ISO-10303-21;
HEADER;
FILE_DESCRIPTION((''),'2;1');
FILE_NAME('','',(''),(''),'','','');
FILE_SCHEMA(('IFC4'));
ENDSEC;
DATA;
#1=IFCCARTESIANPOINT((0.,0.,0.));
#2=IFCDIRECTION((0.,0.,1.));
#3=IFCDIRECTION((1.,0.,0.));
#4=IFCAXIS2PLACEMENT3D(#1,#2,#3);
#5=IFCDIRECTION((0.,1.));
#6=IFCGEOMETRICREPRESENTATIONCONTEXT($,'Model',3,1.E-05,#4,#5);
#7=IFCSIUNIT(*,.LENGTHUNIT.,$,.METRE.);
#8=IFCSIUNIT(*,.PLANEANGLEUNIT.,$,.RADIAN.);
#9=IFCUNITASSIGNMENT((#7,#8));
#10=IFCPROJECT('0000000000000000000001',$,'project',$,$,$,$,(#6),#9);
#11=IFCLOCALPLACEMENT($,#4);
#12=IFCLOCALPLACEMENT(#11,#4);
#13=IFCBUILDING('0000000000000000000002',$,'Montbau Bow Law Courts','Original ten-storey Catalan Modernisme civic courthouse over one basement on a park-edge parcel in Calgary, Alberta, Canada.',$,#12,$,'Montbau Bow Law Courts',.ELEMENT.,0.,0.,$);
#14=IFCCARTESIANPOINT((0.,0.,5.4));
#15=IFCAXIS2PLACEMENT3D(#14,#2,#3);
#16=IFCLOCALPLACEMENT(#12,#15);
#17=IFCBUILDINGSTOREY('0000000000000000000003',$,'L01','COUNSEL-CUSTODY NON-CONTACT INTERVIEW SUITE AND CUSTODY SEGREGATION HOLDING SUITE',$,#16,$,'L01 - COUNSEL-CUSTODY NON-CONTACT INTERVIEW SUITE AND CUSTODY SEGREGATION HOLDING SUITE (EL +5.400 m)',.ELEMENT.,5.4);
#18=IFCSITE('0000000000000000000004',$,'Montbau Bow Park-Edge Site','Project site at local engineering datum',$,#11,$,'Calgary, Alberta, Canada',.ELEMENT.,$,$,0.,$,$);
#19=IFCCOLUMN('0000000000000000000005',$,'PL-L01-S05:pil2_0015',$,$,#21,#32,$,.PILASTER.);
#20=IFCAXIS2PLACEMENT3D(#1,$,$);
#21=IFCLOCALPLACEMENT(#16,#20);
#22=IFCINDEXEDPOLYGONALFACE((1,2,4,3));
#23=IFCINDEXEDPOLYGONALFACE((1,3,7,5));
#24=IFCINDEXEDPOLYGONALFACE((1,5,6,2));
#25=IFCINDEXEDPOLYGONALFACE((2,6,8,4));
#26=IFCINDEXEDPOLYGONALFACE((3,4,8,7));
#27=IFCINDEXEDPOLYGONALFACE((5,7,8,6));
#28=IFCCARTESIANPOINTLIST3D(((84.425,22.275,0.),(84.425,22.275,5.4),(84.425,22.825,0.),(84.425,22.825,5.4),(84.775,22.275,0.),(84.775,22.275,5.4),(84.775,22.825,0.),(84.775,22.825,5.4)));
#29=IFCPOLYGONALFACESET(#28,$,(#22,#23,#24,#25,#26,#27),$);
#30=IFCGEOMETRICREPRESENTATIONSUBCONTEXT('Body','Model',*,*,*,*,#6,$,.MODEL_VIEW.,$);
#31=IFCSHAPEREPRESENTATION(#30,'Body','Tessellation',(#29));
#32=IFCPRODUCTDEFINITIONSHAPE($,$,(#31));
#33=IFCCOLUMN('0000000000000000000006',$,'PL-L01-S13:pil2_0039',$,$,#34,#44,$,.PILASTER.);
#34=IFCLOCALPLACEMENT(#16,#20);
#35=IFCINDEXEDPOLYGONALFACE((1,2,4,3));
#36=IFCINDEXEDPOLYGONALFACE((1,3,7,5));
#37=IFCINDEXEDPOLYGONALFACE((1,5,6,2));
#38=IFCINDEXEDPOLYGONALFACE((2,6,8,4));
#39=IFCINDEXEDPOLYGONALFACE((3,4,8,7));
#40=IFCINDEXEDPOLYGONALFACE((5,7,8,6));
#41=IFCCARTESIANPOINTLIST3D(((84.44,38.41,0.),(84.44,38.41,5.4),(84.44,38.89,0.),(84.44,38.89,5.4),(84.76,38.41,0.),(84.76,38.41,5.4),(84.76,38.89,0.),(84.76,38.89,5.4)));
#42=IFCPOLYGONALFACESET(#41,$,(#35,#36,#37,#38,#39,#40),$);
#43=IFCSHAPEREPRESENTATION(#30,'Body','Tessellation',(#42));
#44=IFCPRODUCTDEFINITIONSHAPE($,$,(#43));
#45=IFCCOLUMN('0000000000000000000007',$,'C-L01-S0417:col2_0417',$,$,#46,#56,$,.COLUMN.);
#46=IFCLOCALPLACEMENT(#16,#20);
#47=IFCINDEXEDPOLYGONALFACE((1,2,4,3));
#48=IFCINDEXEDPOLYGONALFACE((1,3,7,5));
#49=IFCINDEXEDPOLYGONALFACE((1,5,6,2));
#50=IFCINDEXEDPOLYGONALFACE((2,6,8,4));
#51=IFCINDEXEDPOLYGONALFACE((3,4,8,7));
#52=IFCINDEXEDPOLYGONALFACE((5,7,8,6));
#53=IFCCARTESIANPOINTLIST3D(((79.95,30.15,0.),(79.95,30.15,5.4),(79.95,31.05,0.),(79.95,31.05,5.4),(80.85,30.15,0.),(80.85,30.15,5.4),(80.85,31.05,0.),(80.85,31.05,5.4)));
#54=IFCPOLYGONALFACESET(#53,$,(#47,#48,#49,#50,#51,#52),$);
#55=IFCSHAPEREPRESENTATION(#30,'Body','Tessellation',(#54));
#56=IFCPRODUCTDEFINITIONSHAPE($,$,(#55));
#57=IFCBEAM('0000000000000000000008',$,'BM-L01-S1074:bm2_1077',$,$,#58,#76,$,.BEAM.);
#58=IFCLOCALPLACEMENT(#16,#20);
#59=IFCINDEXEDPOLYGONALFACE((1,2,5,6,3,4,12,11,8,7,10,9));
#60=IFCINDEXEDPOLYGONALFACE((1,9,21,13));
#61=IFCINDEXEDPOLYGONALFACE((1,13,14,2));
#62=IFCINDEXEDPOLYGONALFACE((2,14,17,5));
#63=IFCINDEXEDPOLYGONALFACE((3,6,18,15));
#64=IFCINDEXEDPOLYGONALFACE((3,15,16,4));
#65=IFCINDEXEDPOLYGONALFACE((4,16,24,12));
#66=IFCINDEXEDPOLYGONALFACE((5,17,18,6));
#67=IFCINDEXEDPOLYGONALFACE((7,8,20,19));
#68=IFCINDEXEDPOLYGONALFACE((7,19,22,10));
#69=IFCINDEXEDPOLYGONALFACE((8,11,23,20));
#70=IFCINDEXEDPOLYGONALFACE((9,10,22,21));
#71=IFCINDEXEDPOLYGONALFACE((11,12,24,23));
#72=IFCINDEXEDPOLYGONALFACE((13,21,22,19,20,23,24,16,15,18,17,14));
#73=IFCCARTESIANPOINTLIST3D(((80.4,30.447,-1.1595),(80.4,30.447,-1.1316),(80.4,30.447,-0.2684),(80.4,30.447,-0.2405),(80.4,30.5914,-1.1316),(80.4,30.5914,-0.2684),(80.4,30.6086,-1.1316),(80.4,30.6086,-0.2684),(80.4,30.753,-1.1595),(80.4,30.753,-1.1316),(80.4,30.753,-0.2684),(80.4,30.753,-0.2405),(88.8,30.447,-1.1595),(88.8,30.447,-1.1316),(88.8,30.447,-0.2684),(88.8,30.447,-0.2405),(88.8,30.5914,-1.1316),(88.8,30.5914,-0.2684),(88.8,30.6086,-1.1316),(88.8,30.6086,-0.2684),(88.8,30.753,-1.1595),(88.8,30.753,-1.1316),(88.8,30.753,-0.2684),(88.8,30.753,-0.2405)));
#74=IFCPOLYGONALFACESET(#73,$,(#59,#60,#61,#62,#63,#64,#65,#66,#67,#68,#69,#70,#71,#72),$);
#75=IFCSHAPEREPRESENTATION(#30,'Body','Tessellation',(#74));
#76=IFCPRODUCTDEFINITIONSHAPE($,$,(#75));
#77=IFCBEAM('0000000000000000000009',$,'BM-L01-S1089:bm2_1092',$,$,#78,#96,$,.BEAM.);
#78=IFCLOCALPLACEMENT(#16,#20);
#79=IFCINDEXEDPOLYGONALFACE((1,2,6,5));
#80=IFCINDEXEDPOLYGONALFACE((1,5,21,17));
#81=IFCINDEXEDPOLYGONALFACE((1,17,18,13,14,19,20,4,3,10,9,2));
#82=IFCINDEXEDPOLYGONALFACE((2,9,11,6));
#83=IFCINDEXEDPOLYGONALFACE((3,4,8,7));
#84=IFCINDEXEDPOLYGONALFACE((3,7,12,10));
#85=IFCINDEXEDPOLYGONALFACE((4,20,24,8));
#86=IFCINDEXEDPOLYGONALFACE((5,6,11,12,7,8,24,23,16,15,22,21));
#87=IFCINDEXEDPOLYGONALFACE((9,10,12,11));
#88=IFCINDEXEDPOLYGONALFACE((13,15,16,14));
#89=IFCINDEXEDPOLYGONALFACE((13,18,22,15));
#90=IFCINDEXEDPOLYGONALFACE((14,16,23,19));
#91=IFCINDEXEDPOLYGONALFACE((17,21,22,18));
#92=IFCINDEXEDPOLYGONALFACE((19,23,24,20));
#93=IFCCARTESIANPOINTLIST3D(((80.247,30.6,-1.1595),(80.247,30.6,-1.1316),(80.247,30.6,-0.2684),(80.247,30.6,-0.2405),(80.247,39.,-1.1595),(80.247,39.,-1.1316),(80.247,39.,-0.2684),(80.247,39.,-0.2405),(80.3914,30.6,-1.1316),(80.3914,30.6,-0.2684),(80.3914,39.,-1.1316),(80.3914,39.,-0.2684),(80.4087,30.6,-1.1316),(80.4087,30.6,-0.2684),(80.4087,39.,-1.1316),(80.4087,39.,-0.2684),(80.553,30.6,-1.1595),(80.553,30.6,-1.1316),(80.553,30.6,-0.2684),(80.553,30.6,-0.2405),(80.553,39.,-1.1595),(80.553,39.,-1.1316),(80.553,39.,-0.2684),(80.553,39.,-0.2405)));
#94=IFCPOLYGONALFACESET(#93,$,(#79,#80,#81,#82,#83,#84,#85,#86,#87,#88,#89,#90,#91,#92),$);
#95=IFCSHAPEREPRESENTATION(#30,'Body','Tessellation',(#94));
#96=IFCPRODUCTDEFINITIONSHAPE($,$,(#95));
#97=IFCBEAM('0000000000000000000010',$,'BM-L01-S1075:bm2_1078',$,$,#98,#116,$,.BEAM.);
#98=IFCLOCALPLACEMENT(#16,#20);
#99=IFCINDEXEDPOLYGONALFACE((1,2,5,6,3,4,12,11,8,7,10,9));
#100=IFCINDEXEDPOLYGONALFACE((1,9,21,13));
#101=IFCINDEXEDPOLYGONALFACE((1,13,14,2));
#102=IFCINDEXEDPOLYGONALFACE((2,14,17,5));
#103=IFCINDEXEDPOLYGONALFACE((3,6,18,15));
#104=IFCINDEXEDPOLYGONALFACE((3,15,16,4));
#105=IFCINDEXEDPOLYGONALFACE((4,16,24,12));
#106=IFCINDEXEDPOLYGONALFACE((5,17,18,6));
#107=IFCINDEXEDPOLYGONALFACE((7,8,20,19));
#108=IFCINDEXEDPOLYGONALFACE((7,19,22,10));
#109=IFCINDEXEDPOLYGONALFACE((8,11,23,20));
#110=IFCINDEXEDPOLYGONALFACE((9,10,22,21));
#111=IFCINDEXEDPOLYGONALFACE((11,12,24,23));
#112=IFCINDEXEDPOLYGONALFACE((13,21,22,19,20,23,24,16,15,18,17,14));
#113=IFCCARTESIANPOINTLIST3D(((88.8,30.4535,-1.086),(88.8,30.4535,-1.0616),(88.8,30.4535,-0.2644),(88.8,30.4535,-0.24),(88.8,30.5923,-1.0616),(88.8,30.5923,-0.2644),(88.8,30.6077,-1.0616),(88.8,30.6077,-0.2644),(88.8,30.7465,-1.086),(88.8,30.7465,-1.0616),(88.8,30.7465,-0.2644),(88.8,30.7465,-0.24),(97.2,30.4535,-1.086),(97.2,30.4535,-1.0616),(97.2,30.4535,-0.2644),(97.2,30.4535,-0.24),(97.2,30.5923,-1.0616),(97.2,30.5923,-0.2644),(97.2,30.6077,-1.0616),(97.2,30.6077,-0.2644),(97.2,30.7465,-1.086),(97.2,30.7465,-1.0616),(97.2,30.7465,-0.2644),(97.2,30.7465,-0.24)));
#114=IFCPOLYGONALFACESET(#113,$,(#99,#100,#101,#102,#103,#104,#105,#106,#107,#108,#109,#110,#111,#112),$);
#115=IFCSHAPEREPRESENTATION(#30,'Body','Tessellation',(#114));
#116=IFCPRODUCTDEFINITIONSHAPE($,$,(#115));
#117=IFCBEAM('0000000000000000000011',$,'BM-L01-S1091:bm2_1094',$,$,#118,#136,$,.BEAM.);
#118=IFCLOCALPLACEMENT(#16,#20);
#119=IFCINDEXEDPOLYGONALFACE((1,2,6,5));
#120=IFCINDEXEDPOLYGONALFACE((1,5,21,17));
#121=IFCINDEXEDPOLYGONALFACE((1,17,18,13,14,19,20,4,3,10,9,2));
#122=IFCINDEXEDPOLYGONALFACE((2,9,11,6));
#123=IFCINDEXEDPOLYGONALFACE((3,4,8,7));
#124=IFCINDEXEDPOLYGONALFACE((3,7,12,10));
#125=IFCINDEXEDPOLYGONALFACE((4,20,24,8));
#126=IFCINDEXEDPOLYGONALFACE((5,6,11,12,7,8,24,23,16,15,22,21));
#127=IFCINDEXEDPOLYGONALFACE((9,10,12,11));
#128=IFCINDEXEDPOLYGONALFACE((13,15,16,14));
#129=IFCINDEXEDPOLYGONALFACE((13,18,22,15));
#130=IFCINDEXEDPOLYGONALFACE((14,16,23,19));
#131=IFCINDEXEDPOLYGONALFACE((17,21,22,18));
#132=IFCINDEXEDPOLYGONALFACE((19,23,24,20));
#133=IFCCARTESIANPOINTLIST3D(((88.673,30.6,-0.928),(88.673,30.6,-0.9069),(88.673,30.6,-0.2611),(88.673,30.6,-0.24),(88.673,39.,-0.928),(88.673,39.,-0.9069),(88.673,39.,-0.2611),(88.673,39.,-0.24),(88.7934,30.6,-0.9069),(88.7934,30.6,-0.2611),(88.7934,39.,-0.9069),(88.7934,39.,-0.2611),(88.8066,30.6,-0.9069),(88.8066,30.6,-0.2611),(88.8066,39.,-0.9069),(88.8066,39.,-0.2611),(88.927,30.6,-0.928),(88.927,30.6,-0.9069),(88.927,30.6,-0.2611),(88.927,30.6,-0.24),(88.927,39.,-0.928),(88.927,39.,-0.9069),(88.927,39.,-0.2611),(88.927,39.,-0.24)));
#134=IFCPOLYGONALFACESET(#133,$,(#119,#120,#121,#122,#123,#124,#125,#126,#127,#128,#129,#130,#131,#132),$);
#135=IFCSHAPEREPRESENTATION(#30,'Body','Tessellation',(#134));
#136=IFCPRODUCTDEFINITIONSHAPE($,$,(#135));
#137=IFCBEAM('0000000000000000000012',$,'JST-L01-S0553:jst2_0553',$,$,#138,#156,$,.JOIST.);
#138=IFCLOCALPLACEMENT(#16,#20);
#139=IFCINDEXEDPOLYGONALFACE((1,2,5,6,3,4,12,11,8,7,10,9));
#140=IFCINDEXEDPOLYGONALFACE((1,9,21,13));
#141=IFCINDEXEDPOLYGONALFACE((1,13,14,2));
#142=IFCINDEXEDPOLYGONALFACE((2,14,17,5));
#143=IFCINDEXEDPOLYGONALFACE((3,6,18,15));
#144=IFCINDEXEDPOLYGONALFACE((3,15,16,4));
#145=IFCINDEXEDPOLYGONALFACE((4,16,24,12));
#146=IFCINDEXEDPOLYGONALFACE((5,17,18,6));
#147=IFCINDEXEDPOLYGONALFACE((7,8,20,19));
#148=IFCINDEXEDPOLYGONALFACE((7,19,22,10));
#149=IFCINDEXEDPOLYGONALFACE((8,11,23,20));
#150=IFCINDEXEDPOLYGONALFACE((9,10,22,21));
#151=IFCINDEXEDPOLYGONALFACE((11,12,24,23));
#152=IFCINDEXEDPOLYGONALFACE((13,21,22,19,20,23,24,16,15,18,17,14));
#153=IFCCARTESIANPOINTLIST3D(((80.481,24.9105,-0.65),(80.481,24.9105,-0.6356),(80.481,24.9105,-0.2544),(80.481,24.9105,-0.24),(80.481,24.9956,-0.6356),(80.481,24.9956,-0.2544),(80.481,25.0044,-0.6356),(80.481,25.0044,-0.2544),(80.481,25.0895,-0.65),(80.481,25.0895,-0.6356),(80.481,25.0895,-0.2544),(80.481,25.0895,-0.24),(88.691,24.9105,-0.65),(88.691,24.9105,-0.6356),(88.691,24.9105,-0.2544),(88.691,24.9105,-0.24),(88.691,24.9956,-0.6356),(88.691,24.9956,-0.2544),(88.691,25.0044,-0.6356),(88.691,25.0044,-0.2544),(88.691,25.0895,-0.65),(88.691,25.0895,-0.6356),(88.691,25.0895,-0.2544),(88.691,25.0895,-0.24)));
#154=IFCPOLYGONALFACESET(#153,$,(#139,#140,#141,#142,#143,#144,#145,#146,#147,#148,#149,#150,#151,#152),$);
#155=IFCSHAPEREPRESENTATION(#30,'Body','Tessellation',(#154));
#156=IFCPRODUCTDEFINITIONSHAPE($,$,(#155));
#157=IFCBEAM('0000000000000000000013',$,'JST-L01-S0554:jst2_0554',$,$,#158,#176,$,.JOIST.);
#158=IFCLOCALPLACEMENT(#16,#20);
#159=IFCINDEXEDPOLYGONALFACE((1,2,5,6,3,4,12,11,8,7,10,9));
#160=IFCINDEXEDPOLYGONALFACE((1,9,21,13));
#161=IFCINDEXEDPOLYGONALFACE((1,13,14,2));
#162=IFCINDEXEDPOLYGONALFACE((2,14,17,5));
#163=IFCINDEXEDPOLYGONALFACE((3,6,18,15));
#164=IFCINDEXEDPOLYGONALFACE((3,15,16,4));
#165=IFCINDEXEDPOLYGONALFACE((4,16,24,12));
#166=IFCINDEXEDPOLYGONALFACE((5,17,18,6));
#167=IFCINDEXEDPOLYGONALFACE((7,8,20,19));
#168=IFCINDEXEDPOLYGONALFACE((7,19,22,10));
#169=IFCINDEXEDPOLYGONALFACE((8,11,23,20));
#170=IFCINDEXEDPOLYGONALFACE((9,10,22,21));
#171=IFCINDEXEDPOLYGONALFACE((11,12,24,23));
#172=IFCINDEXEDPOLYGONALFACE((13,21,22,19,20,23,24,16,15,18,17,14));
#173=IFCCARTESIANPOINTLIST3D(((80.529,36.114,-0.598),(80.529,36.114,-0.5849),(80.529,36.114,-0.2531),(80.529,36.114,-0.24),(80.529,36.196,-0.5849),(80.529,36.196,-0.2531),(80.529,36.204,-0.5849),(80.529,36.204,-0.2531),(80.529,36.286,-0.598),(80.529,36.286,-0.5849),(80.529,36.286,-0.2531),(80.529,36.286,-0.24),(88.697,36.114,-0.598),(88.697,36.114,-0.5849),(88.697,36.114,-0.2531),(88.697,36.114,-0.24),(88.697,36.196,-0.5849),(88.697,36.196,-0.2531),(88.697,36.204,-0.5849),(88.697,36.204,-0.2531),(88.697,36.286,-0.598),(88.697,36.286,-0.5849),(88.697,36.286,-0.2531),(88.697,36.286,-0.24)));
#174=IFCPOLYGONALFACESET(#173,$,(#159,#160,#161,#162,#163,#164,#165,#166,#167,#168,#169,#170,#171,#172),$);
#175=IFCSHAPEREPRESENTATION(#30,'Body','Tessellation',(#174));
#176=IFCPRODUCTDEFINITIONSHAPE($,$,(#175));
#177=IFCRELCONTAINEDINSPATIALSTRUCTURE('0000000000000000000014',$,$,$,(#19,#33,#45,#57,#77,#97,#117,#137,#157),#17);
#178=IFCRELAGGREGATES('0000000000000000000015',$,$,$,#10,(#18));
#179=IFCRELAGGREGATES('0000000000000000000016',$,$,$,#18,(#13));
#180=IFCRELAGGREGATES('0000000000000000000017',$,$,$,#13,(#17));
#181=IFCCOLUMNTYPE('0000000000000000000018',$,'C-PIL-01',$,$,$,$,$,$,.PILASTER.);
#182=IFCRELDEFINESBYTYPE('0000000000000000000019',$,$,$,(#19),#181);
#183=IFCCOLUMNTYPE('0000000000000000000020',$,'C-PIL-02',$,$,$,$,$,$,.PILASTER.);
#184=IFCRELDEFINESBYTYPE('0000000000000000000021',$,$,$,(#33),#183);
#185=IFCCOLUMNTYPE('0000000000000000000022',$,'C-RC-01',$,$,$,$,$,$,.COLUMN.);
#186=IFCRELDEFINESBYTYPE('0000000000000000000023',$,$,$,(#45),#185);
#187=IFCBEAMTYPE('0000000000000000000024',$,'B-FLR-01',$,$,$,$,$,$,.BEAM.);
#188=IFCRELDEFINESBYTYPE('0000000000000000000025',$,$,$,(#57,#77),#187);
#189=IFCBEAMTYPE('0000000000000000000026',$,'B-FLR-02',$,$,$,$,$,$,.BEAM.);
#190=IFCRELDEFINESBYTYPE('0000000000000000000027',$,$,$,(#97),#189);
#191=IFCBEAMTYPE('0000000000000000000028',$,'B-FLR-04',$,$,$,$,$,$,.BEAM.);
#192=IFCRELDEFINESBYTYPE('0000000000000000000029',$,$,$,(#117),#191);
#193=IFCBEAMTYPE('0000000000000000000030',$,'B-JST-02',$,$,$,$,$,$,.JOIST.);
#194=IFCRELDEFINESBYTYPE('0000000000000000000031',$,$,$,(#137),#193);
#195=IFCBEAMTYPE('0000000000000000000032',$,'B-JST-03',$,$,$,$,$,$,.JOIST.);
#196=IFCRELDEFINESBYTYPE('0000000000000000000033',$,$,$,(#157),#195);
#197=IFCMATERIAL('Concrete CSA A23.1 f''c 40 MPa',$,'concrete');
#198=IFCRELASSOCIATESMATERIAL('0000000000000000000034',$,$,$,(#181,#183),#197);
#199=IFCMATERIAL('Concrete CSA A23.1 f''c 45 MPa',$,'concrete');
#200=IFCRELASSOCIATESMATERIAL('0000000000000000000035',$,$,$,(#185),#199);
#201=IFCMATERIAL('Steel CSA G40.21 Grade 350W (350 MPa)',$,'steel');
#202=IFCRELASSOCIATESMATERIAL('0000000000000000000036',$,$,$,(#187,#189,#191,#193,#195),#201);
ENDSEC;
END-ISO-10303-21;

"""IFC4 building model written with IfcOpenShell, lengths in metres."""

from ifc_helpers import new_model, si_unit, direction, frame, origin_with_axes, origin_2d_with_axis, place, context, subcontext, project, spatial, rectangle, i_section, extrude, material, material_profile, profile_set, type_object, element, save


model = new_model("IFC4")

# Units and contexts
model_context = context("Model", 3, precision=1e-05, world=origin_with_axes(), true_north=direction((0.0, 1.0)))
body_context = subcontext(model_context, "Body", "Model", "MODEL_VIEW")
ifc_project = project(units=[si_unit("LENGTHUNIT", "METRE"), si_unit("PLANEANGLEUNIT", "RADIAN")], contexts=[model_context])

# Site, building, storey
site_placement = place(None, origin_with_axes())
site = spatial("IfcSite", under=ifc_project, at=site_placement, Name="Montbau Bow Park-Edge Site", Description="Project site at local engineering datum", LongName="Calgary, Alberta, Canada", CompositionType="ELEMENT", RefElevation=0.0)
building_placement = place(site_placement, origin_with_axes())
building = spatial("IfcBuilding", under=site, at=building_placement, Name="Montbau Bow Law Courts", Description="Original ten-storey Catalan Modernisme civic courthouse over one basement on a park-edge parcel in Calgary, Alberta, Canada.", LongName="Montbau Bow Law Courts", CompositionType="ELEMENT", ElevationOfRefHeight=0.0, ElevationOfTerrain=0.0)
storey_placement = place(building_placement, frame((0.0, 0.0, 5.4), z_axis=(0.0, 0.0, 1.0), x_axis=(1.0, 0.0, 0.0)))
storey = spatial("IfcBuildingStorey", under=building, at=storey_placement, Name="L01", Description="COUNSEL-CUSTODY NON-CONTACT INTERVIEW SUITE AND CUSTODY SEGREGATION HOLDING SUITE", LongName="L01 - COUNSEL-CUSTODY NON-CONTACT INTERVIEW SUITE AND CUSTODY SEGREGATION HOLDING SUITE (EL +5.400 m)", CompositionType="ELEMENT", Elevation=5.4)

# Columns
ifc_material_1 = material(Name="Concrete CSA A23.1 f'c 40 MPa", Category="concrete")
ifc_material_profile_1 = material_profile(ifc_material_1, rectangle(XDim=0.35, YDim=0.55, at=origin_2d_with_axis()), Name="RC550X350", Category="Main", Priority=0)
ifc_profile_set_1 = profile_set([ifc_material_profile_1], Name="Concrete CSA A23.1 f'c 40 MPa")
column_type_1 = type_object("IfcColumnType", Name="C-PIL-01", PredefinedType="PILASTER", material=ifc_profile_set_1)
column_1_placement = place(None, frame((84.6, 22.55, 5.4), z_axis=(0.0, 0.0, 1.0), x_axis=(1.0, 0.0, 0.0)))
element("IfcColumn", 1, at=column_1_placement, inside=storey, type_object=column_type_1, Name="PL-L01-S05:pil2_0015", PredefinedType="PILASTER", context=body_context, shape_type="SweptSolid", body=[
    extrude(rectangle(XDim=0.35, YDim=0.55, at=origin_2d_with_axis()), origin_with_axes(), (0.0, 0.0, 1.0), 5.4),
])
ifc_material_profile_2 = material_profile(ifc_material_1, rectangle(XDim=0.32, YDim=0.48, at=origin_2d_with_axis()), Name="RC480X320", Category="Main", Priority=0)
ifc_profile_set_2 = profile_set([ifc_material_profile_2], Name="Concrete CSA A23.1 f'c 40 MPa")
column_type_2 = type_object("IfcColumnType", Name="C-PIL-02", PredefinedType="PILASTER", material=ifc_profile_set_2)
column_2_placement = place(None, frame((84.6, 38.65, 5.4), z_axis=(0.0, 0.0, 1.0), x_axis=(1.0, 0.0, 0.0)))
element("IfcColumn", 2, at=column_2_placement, inside=storey, type_object=column_type_2, Name="PL-L01-S13:pil2_0039", PredefinedType="PILASTER", context=body_context, shape_type="SweptSolid", body=[
    extrude(rectangle(XDim=0.32, YDim=0.48, at=origin_2d_with_axis()), origin_with_axes(), (0.0, 0.0, 1.0), 5.4),
])
ifc_material_2 = material(Name="Concrete CSA A23.1 f'c 45 MPa", Category="concrete")
ifc_material_profile_3 = material_profile(ifc_material_2, rectangle(XDim=0.9, YDim=0.9, at=origin_2d_with_axis()), Name="RC900X900", Category="Main", Priority=0)
ifc_profile_set_3 = profile_set([ifc_material_profile_3], Name="Concrete CSA A23.1 f'c 45 MPa")
column_type_3 = type_object("IfcColumnType", Name="C-RC-01", PredefinedType="COLUMN", material=ifc_profile_set_3)
column_3_placement = place(None, frame((80.4, 30.6, 5.4), z_axis=(0.0, 0.0, 1.0), x_axis=(1.0, 0.0, 0.0)))
element("IfcColumn", 3, at=column_3_placement, inside=storey, type_object=column_type_3, Name="C-L01-S0417:col2_0417", PredefinedType="COLUMN", context=body_context, shape_type="SweptSolid", body=[
    extrude(rectangle(XDim=0.9, YDim=0.9, at=origin_2d_with_axis()), origin_with_axes(), (0.0, 0.0, 1.0), 5.4),
])

# Beams
ifc_material_3 = material(Name="Steel CSA G40.21 Grade 350W (350 MPa)", Category="steel")
ifc_material_profile_4 = material_profile(ifc_material_3, i_section(OverallWidth=0.306, OverallDepth=0.919, WebThickness=0.0173, FlangeThickness=0.0279, at=origin_2d_with_axis()), Name="W920X253", Category="Main", Priority=0)
ifc_profile_set_4 = profile_set([ifc_material_profile_4], Name="Steel CSA G40.21 Grade 350W (350 MPa)")
beam_type_1 = type_object("IfcBeamType", Name="B-FLR-01", PredefinedType="BEAM", material=ifc_profile_set_4)
for number, where, z_axis, x_axis, name in (
    (4, (80.4, 30.6, 4.7), (1.0, 0.0, 0.0), (0.0, 1.0, 0.0), "BM-L01-S1074:bm2_1077"),
    (5, (80.4, 30.6, 4.7), (0.0, 1.0, 0.0), (-1.0, 0.0, 0.0), "BM-L01-S1089:bm2_1092"),
):
    element("IfcBeam", number, at=place(None, frame(where, z_axis=z_axis, x_axis=x_axis)), inside=storey, type_object=beam_type_1, Name=name, PredefinedType="BEAM", context=body_context, shape_type="SweptSolid", body=[
        extrude(i_section(OverallWidth=0.306, OverallDepth=0.919, WebThickness=0.0173, FlangeThickness=0.0279, at=origin_2d_with_axis()), origin_with_axes(), (0.0, 0.0, 1.0), 8.4),
    ])
ifc_material_profile_5 = material_profile(ifc_material_3, i_section(OverallWidth=0.293, OverallDepth=0.846, WebThickness=0.0154, FlangeThickness=0.0244, at=origin_2d_with_axis()), Name="W840X210", Category="Main", Priority=0)
ifc_profile_set_5 = profile_set([ifc_material_profile_5], Name="Steel CSA G40.21 Grade 350W (350 MPa)")
beam_type_2 = type_object("IfcBeamType", Name="B-FLR-02", PredefinedType="BEAM", material=ifc_profile_set_5)
beam_1_placement = place(None, frame((88.8, 30.6, 4.737), z_axis=(1.0, 0.0, 0.0), x_axis=(0.0, 1.0, 0.0)))
element("IfcBeam", 6, at=beam_1_placement, inside=storey, type_object=beam_type_2, Name="BM-L01-S1075:bm2_1078", PredefinedType="BEAM", context=body_context, shape_type="SweptSolid", body=[
    extrude(i_section(OverallWidth=0.293, OverallDepth=0.846, WebThickness=0.0154, FlangeThickness=0.0244, at=origin_2d_with_axis()), origin_with_axes(), (0.0, 0.0, 1.0), 8.4),
])
ifc_material_profile_6 = material_profile(ifc_material_3, i_section(OverallWidth=0.254, OverallDepth=0.688, WebThickness=0.0131, FlangeThickness=0.0211, at=origin_2d_with_axis()), Name="W690X152", Category="Main", Priority=0)
ifc_profile_set_6 = profile_set([ifc_material_profile_6], Name="Steel CSA G40.21 Grade 350W (350 MPa)")
beam_type_3 = type_object("IfcBeamType", Name="B-FLR-04", PredefinedType="BEAM", material=ifc_profile_set_6)
beam_2_placement = place(None, frame((88.8, 30.6, 4.816), z_axis=(0.0, 1.0, 0.0), x_axis=(-1.0, 0.0, 0.0)))
element("IfcBeam", 7, at=beam_2_placement, inside=storey, type_object=beam_type_3, Name="BM-L01-S1091:bm2_1094", PredefinedType="BEAM", context=body_context, shape_type="SweptSolid", body=[
    extrude(i_section(OverallWidth=0.254, OverallDepth=0.688, WebThickness=0.0131, FlangeThickness=0.0211, at=origin_2d_with_axis()), origin_with_axes(), (0.0, 0.0, 1.0), 8.4),
])
ifc_material_profile_7 = material_profile(ifc_material_3, i_section(OverallWidth=0.179, OverallDepth=0.41, WebThickness=0.0088, FlangeThickness=0.0144, at=origin_2d_with_axis()), Name="W410X67", Category="Main", Priority=0)
ifc_profile_set_7 = profile_set([ifc_material_profile_7], Name="Steel CSA G40.21 Grade 350W (350 MPa)")
beam_type_4 = type_object("IfcBeamType", Name="B-JST-02", PredefinedType="JOIST", material=ifc_profile_set_7)
beam_3_placement = place(None, frame((80.481, 25.0, 4.955), z_axis=(1.0, 0.0, 0.0), x_axis=(0.0, 1.0, 0.0)))
element("IfcBeam", 8, at=beam_3_placement, inside=storey, type_object=beam_type_4, Name="JST-L01-S0553:jst2_0553", PredefinedType="JOIST", context=body_context, shape_type="SweptSolid", body=[
    extrude(i_section(OverallWidth=0.179, OverallDepth=0.41, WebThickness=0.0088, FlangeThickness=0.0144, at=origin_2d_with_axis()), origin_with_axes(), (0.0, 0.0, 1.0), 8.21),
])
ifc_material_profile_8 = material_profile(ifc_material_3, i_section(OverallWidth=0.172, OverallDepth=0.358, WebThickness=0.0079, FlangeThickness=0.0131, at=origin_2d_with_axis()), Name="W360X57", Category="Main", Priority=0)
ifc_profile_set_8 = profile_set([ifc_material_profile_8], Name="Steel CSA G40.21 Grade 350W (350 MPa)")
beam_type_5 = type_object("IfcBeamType", Name="B-JST-03", PredefinedType="JOIST", material=ifc_profile_set_8)
beam_4_placement = place(None, frame((80.529, 36.2, 4.981), z_axis=(1.0, 0.0, 0.0), x_axis=(0.0, 1.0, 0.0)))
element("IfcBeam", 9, at=beam_4_placement, inside=storey, type_object=beam_type_5, Name="JST-L01-S0554:jst2_0554", PredefinedType="JOIST", context=body_context, shape_type="SweptSolid", body=[
    extrude(i_section(OverallWidth=0.172, OverallDepth=0.358, WebThickness=0.0079, FlangeThickness=0.0131, at=origin_2d_with_axis()), origin_with_axes(), (0.0, 0.0, 1.0), 8.168),
])

save(model, "model.ifc")
